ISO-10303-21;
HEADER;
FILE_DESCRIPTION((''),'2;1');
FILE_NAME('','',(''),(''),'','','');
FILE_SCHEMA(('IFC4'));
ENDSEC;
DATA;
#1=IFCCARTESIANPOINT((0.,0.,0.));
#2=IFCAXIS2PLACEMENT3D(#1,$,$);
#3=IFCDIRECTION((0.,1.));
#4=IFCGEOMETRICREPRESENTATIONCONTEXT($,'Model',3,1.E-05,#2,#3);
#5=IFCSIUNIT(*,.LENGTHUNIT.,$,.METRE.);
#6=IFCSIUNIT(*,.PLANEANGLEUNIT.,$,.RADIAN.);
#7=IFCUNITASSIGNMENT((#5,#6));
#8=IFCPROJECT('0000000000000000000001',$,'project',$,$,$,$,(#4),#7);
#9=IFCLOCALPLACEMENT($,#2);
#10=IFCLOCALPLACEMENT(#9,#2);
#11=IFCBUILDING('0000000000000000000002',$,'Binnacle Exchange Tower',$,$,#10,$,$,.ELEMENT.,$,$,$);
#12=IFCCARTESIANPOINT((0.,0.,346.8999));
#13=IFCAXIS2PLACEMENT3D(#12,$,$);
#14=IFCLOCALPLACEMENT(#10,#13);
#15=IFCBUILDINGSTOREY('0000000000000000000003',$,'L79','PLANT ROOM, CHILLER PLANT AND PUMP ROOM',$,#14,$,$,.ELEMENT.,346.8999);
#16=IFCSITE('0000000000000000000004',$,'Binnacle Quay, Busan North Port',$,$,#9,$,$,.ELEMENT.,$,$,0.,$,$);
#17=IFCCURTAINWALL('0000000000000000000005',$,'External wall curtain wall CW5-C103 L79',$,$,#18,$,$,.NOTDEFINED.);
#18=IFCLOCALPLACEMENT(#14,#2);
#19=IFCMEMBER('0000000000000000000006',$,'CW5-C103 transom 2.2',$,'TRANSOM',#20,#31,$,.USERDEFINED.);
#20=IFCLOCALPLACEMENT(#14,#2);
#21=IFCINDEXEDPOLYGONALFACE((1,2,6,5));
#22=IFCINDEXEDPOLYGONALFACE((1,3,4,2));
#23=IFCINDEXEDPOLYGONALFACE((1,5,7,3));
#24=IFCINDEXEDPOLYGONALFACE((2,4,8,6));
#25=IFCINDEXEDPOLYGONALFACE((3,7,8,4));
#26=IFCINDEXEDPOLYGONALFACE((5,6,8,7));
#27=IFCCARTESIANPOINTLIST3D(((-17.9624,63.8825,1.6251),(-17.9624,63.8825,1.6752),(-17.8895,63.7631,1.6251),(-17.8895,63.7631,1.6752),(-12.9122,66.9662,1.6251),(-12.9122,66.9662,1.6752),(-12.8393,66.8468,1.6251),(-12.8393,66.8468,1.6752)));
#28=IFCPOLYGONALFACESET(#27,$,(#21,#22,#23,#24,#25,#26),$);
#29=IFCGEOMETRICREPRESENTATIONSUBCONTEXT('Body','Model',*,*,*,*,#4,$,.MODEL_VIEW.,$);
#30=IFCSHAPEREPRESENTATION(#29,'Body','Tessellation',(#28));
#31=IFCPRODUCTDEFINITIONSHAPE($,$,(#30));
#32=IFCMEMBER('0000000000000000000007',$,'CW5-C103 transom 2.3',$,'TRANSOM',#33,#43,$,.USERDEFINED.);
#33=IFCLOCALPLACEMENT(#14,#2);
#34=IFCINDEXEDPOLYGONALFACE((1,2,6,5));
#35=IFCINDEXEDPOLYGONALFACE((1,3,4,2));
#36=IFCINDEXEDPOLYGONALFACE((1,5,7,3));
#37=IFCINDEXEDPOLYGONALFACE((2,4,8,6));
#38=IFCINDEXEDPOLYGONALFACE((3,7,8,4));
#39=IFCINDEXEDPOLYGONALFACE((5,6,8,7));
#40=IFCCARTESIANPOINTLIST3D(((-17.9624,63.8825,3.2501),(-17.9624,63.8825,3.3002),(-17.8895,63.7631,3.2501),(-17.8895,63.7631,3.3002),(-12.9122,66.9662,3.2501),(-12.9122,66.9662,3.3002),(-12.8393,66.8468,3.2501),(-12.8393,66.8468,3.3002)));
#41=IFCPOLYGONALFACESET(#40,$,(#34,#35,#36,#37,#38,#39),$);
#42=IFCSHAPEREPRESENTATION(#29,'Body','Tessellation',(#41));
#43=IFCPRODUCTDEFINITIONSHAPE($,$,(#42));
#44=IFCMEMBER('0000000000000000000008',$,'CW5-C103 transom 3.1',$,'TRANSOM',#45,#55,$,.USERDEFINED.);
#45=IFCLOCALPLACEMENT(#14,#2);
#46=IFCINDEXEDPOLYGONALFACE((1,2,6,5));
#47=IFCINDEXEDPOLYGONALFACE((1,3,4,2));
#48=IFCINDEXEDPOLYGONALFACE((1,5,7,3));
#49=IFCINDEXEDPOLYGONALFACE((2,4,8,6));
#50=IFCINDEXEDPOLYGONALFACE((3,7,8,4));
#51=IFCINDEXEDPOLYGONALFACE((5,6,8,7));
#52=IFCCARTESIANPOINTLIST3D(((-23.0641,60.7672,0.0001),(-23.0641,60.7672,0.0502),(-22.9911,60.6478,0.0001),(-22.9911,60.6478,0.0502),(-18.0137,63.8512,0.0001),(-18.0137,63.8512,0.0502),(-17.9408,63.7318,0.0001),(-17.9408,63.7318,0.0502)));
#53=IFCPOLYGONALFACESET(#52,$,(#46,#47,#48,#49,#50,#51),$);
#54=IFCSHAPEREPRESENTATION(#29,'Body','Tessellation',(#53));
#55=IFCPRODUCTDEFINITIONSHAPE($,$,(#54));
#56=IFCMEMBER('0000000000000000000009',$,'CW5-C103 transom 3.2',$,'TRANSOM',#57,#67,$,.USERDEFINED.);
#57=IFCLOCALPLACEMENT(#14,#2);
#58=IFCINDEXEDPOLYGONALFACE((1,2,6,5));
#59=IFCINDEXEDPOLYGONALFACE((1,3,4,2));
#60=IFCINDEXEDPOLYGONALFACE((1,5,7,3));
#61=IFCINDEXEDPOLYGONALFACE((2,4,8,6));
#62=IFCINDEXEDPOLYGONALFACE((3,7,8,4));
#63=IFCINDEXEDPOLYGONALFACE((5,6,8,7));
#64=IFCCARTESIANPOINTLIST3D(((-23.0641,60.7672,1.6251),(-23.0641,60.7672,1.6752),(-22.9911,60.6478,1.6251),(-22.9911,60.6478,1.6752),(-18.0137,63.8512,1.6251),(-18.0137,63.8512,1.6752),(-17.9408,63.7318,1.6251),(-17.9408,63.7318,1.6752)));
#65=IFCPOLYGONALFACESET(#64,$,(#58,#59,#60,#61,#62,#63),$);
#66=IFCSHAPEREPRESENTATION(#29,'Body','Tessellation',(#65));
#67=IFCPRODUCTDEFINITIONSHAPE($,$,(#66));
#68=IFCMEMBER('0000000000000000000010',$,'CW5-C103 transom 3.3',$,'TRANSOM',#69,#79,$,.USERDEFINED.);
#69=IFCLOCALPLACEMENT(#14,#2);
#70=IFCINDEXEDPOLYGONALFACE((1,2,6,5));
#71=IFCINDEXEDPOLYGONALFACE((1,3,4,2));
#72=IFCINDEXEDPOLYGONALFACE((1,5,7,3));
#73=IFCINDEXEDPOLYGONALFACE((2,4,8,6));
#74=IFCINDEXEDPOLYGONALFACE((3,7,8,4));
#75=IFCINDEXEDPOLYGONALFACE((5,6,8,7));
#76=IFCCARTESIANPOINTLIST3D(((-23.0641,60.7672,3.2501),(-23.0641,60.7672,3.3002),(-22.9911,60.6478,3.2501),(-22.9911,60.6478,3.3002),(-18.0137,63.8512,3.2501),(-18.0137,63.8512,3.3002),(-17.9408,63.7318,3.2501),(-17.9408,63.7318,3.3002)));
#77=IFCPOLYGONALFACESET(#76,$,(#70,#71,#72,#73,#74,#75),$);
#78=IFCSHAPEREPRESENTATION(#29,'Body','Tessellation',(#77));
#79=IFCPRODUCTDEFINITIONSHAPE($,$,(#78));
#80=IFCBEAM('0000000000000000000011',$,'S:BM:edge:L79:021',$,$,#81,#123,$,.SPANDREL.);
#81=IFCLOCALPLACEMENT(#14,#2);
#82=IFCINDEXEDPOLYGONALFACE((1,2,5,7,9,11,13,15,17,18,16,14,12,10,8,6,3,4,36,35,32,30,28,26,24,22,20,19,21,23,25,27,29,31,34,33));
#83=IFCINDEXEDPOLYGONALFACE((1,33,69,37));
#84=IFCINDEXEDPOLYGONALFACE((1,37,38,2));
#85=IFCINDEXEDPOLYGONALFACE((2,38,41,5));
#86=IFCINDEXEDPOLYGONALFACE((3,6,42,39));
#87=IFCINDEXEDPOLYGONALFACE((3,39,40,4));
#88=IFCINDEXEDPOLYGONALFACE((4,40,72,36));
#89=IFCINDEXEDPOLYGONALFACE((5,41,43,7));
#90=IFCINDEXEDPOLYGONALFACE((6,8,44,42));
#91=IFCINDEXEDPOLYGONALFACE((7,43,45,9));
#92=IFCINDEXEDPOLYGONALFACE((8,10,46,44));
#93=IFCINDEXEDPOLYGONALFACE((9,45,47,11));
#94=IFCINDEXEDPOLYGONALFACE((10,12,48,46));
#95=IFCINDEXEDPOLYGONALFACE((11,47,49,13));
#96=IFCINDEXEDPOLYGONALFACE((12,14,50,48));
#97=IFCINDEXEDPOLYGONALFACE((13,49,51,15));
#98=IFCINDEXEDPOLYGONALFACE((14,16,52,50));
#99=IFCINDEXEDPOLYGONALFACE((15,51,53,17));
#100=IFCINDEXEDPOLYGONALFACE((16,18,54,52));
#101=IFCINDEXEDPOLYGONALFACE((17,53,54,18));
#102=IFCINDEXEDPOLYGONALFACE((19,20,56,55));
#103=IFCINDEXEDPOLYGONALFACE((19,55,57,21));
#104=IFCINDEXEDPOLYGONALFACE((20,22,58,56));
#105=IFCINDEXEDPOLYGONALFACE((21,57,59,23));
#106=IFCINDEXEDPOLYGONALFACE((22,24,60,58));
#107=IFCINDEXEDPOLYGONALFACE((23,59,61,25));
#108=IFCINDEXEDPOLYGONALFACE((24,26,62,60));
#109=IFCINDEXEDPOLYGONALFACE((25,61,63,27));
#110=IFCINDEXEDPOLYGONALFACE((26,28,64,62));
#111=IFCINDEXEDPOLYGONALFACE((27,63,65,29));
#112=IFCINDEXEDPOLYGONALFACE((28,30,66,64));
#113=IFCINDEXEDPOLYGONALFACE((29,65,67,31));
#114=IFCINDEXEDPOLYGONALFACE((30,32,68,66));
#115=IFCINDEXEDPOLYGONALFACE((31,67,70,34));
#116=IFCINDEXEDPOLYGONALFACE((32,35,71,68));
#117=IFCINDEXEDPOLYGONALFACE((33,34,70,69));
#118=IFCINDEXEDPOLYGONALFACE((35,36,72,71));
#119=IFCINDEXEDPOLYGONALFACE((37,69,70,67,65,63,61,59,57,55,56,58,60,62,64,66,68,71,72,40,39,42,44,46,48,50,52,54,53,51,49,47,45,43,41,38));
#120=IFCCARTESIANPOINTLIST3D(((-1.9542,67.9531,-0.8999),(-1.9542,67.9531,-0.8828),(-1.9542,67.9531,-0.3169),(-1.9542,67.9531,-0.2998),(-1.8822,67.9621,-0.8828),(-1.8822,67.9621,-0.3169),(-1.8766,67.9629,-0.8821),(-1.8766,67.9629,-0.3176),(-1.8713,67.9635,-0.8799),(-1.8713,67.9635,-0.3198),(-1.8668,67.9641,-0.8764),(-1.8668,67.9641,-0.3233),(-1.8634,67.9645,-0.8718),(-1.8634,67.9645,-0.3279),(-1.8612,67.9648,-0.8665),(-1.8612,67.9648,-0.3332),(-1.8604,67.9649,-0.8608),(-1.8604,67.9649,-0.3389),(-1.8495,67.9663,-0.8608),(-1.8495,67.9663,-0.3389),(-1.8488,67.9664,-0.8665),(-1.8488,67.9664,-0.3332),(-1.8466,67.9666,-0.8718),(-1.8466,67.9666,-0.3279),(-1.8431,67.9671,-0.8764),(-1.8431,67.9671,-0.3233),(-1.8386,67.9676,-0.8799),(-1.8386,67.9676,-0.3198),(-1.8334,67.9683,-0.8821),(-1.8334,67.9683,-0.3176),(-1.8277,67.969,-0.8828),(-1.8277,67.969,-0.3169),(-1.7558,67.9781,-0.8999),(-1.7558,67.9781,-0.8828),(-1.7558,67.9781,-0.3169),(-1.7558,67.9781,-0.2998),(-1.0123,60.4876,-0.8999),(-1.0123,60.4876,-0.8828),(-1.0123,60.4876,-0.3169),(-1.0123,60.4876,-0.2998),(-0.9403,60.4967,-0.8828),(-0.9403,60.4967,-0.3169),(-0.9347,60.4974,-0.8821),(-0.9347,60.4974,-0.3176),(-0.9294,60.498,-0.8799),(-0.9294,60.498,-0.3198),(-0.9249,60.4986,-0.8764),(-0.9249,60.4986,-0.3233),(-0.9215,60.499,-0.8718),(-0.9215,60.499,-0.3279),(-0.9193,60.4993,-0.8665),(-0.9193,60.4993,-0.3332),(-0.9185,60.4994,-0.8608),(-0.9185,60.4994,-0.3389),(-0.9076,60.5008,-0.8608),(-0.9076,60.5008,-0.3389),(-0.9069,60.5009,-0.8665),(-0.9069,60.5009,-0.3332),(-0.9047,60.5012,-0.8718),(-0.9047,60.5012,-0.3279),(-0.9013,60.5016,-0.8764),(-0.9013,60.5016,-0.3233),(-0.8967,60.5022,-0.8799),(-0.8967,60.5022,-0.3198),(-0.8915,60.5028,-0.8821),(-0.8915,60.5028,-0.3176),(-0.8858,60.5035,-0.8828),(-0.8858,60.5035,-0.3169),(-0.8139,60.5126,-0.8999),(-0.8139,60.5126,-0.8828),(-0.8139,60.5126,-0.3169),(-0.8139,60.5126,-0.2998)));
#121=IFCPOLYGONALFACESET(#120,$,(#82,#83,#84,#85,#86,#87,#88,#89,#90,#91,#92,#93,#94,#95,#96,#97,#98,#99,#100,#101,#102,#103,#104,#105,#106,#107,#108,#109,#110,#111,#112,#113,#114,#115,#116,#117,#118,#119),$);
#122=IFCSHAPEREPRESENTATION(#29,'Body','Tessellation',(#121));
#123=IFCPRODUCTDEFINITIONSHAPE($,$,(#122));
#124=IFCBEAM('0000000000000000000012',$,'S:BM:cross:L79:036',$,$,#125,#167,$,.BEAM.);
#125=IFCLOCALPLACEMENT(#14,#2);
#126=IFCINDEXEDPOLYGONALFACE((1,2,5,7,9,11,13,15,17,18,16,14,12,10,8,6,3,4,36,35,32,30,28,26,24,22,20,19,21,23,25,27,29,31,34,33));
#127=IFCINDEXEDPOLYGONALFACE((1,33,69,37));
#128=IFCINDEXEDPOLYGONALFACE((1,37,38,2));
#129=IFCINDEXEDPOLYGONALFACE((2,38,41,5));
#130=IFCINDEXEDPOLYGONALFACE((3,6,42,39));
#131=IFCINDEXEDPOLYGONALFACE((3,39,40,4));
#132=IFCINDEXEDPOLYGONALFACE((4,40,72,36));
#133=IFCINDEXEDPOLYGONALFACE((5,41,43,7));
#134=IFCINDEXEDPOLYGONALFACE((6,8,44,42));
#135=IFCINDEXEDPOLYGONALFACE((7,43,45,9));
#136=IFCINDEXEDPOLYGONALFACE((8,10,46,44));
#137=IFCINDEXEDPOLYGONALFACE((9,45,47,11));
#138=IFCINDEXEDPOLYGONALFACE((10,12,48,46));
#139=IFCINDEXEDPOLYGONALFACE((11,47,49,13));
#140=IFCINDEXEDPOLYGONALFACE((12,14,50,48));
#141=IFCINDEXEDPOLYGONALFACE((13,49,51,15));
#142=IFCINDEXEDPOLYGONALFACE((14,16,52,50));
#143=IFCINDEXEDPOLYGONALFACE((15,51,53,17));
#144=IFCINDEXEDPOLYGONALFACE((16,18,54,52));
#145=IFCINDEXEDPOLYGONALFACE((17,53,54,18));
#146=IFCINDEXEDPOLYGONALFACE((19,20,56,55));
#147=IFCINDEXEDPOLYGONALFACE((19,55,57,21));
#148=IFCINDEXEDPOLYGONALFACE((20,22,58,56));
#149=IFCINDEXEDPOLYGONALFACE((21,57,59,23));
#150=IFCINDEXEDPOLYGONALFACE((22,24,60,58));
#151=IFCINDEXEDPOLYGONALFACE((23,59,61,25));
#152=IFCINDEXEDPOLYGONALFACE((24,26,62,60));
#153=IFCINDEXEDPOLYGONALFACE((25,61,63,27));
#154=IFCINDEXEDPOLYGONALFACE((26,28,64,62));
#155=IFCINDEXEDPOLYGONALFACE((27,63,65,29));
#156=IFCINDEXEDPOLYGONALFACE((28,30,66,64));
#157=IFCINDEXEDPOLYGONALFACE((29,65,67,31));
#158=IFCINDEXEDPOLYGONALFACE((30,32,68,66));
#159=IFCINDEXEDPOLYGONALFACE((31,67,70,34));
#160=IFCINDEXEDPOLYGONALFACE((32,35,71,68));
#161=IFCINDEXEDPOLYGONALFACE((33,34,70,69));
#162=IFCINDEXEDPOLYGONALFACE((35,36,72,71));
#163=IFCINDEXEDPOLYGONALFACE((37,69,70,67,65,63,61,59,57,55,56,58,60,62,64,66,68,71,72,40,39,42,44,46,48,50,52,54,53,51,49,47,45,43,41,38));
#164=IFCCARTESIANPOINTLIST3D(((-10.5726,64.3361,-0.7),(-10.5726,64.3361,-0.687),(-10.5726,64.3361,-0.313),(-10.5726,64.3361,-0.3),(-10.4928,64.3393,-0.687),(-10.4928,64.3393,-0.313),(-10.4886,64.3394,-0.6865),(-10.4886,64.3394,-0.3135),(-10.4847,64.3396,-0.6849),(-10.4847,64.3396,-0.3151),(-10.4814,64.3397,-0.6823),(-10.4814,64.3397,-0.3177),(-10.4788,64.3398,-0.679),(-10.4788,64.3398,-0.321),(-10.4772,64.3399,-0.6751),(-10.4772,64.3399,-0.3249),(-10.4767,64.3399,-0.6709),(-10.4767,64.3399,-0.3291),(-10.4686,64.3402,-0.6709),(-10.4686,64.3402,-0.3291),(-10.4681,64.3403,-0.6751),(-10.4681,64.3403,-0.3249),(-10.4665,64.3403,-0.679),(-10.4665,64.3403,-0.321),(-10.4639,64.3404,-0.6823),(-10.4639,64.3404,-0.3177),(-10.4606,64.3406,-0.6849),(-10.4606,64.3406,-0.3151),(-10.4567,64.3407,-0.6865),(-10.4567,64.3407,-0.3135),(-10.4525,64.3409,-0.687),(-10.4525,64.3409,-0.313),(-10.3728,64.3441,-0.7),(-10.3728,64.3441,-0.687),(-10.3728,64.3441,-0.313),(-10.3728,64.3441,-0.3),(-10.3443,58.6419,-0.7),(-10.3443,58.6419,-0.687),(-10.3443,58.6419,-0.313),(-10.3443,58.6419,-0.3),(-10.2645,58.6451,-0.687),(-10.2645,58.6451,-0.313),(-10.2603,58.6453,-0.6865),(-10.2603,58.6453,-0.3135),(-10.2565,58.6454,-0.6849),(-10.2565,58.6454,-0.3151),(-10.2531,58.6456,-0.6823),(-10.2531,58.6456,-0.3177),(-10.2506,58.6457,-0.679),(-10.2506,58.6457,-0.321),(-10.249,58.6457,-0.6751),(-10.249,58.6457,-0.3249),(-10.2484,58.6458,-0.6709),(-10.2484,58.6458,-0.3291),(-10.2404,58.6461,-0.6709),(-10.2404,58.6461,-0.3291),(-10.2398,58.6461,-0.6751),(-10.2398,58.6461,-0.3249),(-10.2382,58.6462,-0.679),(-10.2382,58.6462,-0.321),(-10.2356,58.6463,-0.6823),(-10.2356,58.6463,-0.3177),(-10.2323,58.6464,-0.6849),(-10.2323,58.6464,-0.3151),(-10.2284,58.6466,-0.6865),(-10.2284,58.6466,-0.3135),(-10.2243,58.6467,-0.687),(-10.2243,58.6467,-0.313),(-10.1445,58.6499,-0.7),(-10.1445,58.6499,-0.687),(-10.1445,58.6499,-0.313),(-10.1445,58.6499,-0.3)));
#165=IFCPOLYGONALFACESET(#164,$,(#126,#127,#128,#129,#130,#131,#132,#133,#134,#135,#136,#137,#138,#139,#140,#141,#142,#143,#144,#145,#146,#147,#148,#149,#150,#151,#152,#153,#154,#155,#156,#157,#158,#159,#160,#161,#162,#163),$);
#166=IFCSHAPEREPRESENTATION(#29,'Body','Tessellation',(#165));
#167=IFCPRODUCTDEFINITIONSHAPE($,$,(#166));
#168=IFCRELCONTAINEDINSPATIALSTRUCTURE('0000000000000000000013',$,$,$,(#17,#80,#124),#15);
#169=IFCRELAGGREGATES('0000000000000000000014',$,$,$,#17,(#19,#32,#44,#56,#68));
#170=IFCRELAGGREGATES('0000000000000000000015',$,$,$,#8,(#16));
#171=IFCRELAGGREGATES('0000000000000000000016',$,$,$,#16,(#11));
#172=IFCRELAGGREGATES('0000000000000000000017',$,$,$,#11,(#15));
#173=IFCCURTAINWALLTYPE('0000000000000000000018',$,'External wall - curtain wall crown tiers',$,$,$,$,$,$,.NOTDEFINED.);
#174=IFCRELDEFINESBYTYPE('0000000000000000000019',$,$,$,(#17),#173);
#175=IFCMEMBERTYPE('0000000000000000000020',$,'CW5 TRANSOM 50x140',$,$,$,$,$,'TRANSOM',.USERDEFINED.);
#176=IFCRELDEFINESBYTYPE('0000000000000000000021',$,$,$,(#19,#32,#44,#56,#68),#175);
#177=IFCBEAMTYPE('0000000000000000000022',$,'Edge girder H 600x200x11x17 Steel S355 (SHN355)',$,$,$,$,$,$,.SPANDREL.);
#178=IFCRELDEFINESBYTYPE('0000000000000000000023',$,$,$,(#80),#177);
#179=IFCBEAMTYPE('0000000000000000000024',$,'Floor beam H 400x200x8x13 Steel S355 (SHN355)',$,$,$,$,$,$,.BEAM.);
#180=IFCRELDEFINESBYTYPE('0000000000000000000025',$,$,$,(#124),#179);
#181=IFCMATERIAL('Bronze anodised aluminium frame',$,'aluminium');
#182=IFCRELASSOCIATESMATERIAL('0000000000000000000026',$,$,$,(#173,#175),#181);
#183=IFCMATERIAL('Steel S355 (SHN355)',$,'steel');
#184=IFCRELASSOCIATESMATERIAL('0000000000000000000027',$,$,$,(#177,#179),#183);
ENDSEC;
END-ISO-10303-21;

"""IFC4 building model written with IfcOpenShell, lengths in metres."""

from ifc_helpers import new_model, si_unit, direction, frame, origin, origin_2d, place, context, subcontext, project, spatial, rectangle, i_section, extrude, material, material_profile, profile_set, type_object, element, aggregate, save


model = new_model("IFC4")

# Units and contexts
model_context = context("Model", 3, precision=1e-05, world=origin(), true_north=direction((0.0, 1.0)))
body_context = subcontext(model_context, "Body", "Model", "MODEL_VIEW")
ifc_project = project(units=[si_unit("LENGTHUNIT", "METRE"), si_unit("PLANEANGLEUNIT", "RADIAN")], contexts=[model_context])

# Site, building, storey
site_placement = place(None, origin())
site = spatial("IfcSite", under=ifc_project, at=site_placement, Name="Binnacle Quay, Busan North Port", CompositionType="ELEMENT", RefElevation=0.0)
building_placement = place(site_placement, origin())
building = spatial("IfcBuilding", under=site, at=building_placement, Name="Binnacle Exchange Tower", CompositionType="ELEMENT")
storey_placement = place(building_placement, frame((0.0, 0.0, 346.8999)))
storey = spatial("IfcBuildingStorey", under=building, at=storey_placement, Name="L79", Description="PLANT ROOM, CHILLER PLANT AND PUMP ROOM", CompositionType="ELEMENT", Elevation=346.8999)

# Shared definitions
ifc_material_1 = material(Name="Steel S355 (SHN355)", Category="steel")

# Curtain wall, members
ifc_material_2 = material(Name="Bronze anodised aluminium frame", Category="aluminium")
curtain_wall_type = type_object("IfcCurtainWallType", Name="External wall - curtain wall crown tiers", PredefinedType="NOTDEFINED", material=ifc_material_2)
curtain_wall_placement = place(storey_placement, origin())
curtain_wall = element("IfcCurtainWall", 1, at=curtain_wall_placement, inside=storey, type_object=curtain_wall_type, Name="External wall curtain wall CW5-C103 L79", PredefinedType="NOTDEFINED")
ifc_material_profile_1 = material_profile(ifc_material_2, rectangle(XDim=0.1399, YDim=0.05, at=origin_2d()), Name="AL 140x50")
ifc_profile_set_1 = profile_set([ifc_material_profile_1], Name="Bronze anodised aluminium frame")
member_type_1 = type_object("IfcMemberType", Name="CW5 TRANSOM 50x140", ElementType="TRANSOM", PredefinedType="USERDEFINED", material=ifc_profile_set_1)
member_1_placement = place(storey_placement, frame((-12.8757, 66.9065, 1.6501), z_axis=(-0.853474, -0.521136, 0.0), x_axis=(0.521136, -0.853474, 0.0)))
member_1 = element("IfcMember", 2, at=member_1_placement, type_object=member_type_1, Name="CW5-C103 transom 2.2", ObjectType="TRANSOM", PredefinedType="USERDEFINED", context=body_context, shape_type="SweptSolid", body=[
    extrude(rectangle(XDim=0.1399, YDim=0.05, at=origin_2d()), origin(), (0.0, 0.0, 1.0), 5.9172),
])
member_2_placement = place(storey_placement, frame((-12.8757, 66.9065, 3.2751), z_axis=(-0.853474, -0.521136, 0.0), x_axis=(0.521136, -0.853474, 0.0)))
member_2 = element("IfcMember", 3, at=member_2_placement, type_object=member_type_1, Name="CW5-C103 transom 2.3", ObjectType="TRANSOM", PredefinedType="USERDEFINED", context=body_context, shape_type="SweptSolid", body=[
    extrude(rectangle(XDim=0.1399, YDim=0.05, at=origin_2d()), origin(), (0.0, 0.0, 1.0), 5.9172),
])
member_3_placement = place(storey_placement, frame((-17.9773, 63.7915, 0.0251), z_axis=(-0.853455, -0.521166, 0.0), x_axis=(0.521166, -0.853455, 0.0)))
member_3 = element("IfcMember", 4, at=member_3_placement, type_object=member_type_1, Name="CW5-C103 transom 3.1", ObjectType="TRANSOM", PredefinedType="USERDEFINED", context=body_context, shape_type="SweptSolid", body=[
    extrude(rectangle(XDim=0.1399, YDim=0.05, at=origin_2d()), origin(), (0.0, 0.0, 1.0), 5.9175),
])
member_4_placement = place(storey_placement, frame((-17.9773, 63.7915, 1.6501), z_axis=(-0.853455, -0.521166, 0.0), x_axis=(0.521166, -0.853455, 0.0)))
member_4 = element("IfcMember", 5, at=member_4_placement, type_object=member_type_1, Name="CW5-C103 transom 3.2", ObjectType="TRANSOM", PredefinedType="USERDEFINED", context=body_context, shape_type="SweptSolid", body=[
    extrude(rectangle(XDim=0.1399, YDim=0.05, at=origin_2d()), origin(), (0.0, 0.0, 1.0), 5.9175),
])
member_5_placement = place(storey_placement, frame((-17.9773, 63.7915, 3.2751), z_axis=(-0.853455, -0.521166, 0.0), x_axis=(0.521166, -0.853455, 0.0)))
member_5 = element("IfcMember", 6, at=member_5_placement, type_object=member_type_1, Name="CW5-C103 transom 3.3", ObjectType="TRANSOM", PredefinedType="USERDEFINED", context=body_context, shape_type="SweptSolid", body=[
    extrude(rectangle(XDim=0.1399, YDim=0.05, at=origin_2d()), origin(), (0.0, 0.0, 1.0), 5.9175),
])

# Beams
ifc_material_profile_2 = material_profile(ifc_material_1, i_section(OverallWidth=0.2, OverallDepth=0.6001, WebThickness=0.011, FlangeThickness=0.0171, FilletRadius=0.022, at=origin_2d()), Name="H 600x200x11x17")
ifc_profile_set_2 = profile_set([ifc_material_profile_2], Name="Steel S355 (SHN355)")
beam_type_1 = type_object("IfcBeamType", Name="Edge girder H 600x200x11x17 Steel S355 (SHN355)", PredefinedType="SPANDREL", material=ifc_profile_set_2)
beam_1_placement = place(storey_placement, frame((-1.855, 67.9656, -0.5999), z_axis=(0.125173, -0.992135, 0.0), x_axis=(0.992135, 0.125173, 0.0)))
element("IfcBeam", 7, at=beam_1_placement, inside=storey, type_object=beam_type_1, Name="S:BM:edge:L79:021", PredefinedType="SPANDREL", context=body_context, shape_type="SweptSolid", body=[
    extrude(i_section(OverallWidth=0.2, OverallDepth=0.6001, WebThickness=0.011, FlangeThickness=0.0171, FilletRadius=0.022, at=origin_2d()), origin(), (0.0, 0.0, 1.0), 7.5247),
])
ifc_material_profile_3 = material_profile(ifc_material_1, i_section(OverallWidth=0.2, OverallDepth=0.3999, WebThickness=0.0081, FlangeThickness=0.0129, FilletRadius=0.0161, at=origin_2d()), Name="H 400x200x8x13")
ifc_profile_set_3 = profile_set([ifc_material_profile_3], Name="Steel S355 (SHN355)")
beam_type_2 = type_object("IfcBeamType", Name="Floor beam H 400x200x8x13 Steel S355 (SHN355)", PredefinedType="BEAM", material=ifc_profile_set_3)
beam_2_placement = place(storey_placement, frame((-10.4727, 64.3401, -0.5), z_axis=(0.040057, -0.999197, 0.0), x_axis=(0.999197, 0.040057, 0.0)))
element("IfcBeam", 8, at=beam_2_placement, inside=storey, type_object=beam_type_2, Name="S:BM:cross:L79:036", PredefinedType="BEAM", context=body_context, shape_type="SweptSolid", body=[
    extrude(i_section(OverallWidth=0.2, OverallDepth=0.3999, WebThickness=0.0081, FlangeThickness=0.0129, FilletRadius=0.0161, at=origin_2d()), origin(), (0.0, 0.0, 1.0), 5.6987),
])

aggregate(curtain_wall, [member_1, member_2, member_3, member_4, member_5])

save(model, "model.ifc")
